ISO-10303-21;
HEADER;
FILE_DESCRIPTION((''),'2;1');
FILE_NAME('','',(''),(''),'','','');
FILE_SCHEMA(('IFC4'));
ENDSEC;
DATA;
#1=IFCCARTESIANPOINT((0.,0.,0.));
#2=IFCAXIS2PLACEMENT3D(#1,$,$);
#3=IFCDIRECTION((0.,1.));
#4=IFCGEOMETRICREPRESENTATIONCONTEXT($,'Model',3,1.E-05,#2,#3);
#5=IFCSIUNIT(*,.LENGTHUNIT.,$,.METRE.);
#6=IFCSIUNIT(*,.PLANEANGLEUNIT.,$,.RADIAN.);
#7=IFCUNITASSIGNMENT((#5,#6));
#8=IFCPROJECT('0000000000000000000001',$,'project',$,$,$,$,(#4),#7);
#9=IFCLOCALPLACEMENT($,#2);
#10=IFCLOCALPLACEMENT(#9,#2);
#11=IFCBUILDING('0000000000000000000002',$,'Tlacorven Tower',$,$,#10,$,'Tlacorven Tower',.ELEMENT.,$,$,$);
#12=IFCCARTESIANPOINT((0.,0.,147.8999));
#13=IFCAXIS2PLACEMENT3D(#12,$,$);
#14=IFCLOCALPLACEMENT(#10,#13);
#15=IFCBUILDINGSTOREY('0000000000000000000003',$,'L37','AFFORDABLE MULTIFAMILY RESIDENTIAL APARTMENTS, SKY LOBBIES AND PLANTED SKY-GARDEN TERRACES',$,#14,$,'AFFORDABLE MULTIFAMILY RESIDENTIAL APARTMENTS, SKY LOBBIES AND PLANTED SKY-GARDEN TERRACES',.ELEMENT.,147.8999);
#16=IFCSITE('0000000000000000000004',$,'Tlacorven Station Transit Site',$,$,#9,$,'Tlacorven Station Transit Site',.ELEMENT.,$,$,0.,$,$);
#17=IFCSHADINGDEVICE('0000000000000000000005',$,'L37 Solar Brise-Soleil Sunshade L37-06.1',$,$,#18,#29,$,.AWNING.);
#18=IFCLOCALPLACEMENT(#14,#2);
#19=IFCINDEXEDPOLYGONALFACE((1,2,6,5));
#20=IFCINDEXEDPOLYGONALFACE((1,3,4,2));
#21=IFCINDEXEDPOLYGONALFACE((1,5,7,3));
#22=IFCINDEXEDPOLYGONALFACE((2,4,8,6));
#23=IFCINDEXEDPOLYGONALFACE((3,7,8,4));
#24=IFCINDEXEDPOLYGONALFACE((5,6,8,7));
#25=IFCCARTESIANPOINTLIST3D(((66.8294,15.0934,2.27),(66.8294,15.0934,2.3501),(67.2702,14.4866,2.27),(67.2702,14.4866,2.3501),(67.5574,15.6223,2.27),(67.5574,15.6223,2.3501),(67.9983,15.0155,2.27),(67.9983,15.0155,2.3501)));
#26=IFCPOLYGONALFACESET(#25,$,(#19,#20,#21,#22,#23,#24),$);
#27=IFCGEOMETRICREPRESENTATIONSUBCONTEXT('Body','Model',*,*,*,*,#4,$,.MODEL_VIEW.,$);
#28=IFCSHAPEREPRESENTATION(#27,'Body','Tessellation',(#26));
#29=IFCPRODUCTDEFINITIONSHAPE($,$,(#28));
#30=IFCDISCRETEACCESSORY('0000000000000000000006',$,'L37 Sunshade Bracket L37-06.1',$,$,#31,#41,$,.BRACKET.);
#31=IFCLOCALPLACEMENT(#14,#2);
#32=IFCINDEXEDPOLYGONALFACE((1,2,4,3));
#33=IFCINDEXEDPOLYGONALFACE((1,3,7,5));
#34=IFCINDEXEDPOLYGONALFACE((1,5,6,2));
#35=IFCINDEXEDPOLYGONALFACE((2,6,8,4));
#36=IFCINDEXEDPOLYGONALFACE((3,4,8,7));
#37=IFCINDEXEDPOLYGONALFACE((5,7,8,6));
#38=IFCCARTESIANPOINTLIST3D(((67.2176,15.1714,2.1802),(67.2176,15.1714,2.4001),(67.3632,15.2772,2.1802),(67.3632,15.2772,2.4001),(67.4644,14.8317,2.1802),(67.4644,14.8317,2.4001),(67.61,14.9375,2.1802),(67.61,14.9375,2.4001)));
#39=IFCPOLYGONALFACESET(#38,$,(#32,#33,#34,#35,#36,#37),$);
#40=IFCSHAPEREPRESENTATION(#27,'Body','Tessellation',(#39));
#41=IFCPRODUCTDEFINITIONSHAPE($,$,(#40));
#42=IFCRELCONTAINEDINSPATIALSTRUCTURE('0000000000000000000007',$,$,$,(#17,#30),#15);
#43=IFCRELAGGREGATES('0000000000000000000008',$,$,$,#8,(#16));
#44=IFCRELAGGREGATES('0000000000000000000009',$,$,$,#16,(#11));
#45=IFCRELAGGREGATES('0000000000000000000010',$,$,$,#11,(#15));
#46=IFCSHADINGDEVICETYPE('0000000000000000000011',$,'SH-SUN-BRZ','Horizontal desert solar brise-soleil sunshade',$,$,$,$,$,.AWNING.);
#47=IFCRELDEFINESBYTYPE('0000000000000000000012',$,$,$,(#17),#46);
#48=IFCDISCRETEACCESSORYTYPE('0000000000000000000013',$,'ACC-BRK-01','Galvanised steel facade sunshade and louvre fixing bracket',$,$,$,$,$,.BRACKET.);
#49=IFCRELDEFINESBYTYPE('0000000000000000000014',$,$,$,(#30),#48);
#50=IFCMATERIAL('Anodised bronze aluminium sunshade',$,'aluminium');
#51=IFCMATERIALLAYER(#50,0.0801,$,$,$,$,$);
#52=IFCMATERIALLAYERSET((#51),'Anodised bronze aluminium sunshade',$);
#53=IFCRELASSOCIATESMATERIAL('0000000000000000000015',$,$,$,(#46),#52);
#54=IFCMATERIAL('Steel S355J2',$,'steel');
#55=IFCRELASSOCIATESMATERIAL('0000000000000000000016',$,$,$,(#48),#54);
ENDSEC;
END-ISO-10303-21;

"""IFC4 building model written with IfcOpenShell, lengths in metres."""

from ifc_helpers import new_model, si_unit, direction, frame, origin, origin_2d, place, context, subcontext, project, spatial, rectangle, extrude, source, transform, mapped, material, layer, layer_set, type_object, element, save


model = new_model("IFC4")

# Units and contexts
model_context = context("Model", 3, precision=1e-05, world=origin(), true_north=direction((0.0, 1.0)))
body_context = subcontext(model_context, "Body", "Model", "MODEL_VIEW")
ifc_project = project(units=[si_unit("LENGTHUNIT", "METRE"), si_unit("PLANEANGLEUNIT", "RADIAN")], contexts=[model_context])

# Site, building, storey
site_placement = place(None, origin())
site = spatial("IfcSite", under=ifc_project, at=site_placement, Name="Tlacorven Station Transit Site", LongName="Tlacorven Station Transit Site", CompositionType="ELEMENT", RefElevation=0.0)
building_placement = place(site_placement, origin())
building = spatial("IfcBuilding", under=site, at=building_placement, Name="Tlacorven Tower", LongName="Tlacorven Tower", CompositionType="ELEMENT")
storey_placement = place(building_placement, frame((0.0, 0.0, 147.8999)))
storey = spatial("IfcBuildingStorey", under=building, at=storey_placement, Name="L37", Description="AFFORDABLE MULTIFAMILY RESIDENTIAL APARTMENTS, SKY LOBBIES AND PLANTED SKY-GARDEN TERRACES", LongName="AFFORDABLE MULTIFAMILY RESIDENTIAL APARTMENTS, SKY LOBBIES AND PLANTED SKY-GARDEN TERRACES", CompositionType="ELEMENT", Elevation=147.8999)

# Shared definitions
ifc_material_1 = material(Name="Steel S355J2", Category="steel")

# Shading device
ifc_material_2 = material(Name="Anodised bronze aluminium sunshade", Category="aluminium")
ifc_layer_1 = layer(ifc_material_2, 0.0801)
ifc_layer_set_1 = layer_set([ifc_layer_1], Name="Anodised bronze aluminium sunshade")
shading_device_type = type_object("IfcShadingDeviceType", Name="SH-SUN-BRZ", Description="Horizontal desert solar brise-soleil sunshade", PredefinedType="AWNING", material=ifc_layer_set_1)
shared_shape_1 = source(origin(), body_context, "Body", "SweptSolid", [
    extrude(rectangle(XDim=0.8999, YDim=0.75, at=origin_2d()), origin(), (0.0, 0.0, 1.0), 0.0801),
])
shading_device_placement = place(storey_placement, frame((67.4138, 15.0544, 2.27), z_axis=(0.0, 0.0, 1.0), x_axis=(-0.809017, -0.587785, 0.0)))
element("IfcShadingDevice", 1, at=shading_device_placement, inside=storey, type_object=shading_device_type, Name="L37 Solar Brise-Soleil Sunshade L37-06.1", PredefinedType="AWNING", context=body_context, shape_type="MappedRepresentation", body=[
    mapped(shared_shape_1, transform((0.0, 0.0, 0.0), scale=1.0)),
])

# Discrete accessory
discrete_accessory_type = type_object("IfcDiscreteAccessoryType", Name="ACC-BRK-01", Description="Galvanised steel facade sunshade and louvre fixing bracket", PredefinedType="BRACKET", material=ifc_material_1)
shared_shape_2 = source(origin(), body_context, "Body", "SweptSolid", [
    extrude(rectangle(XDim=0.1799, YDim=0.4199, at=origin_2d()), origin(), (0.0, 0.0, 1.0), 0.22),
])
discrete_accessory_placement = place(storey_placement, frame((67.4138, 15.0544, 2.1802), z_axis=(0.0, 0.0, 1.0), x_axis=(-0.809017, -0.587785, 0.0)))
element("IfcDiscreteAccessory", 2, at=discrete_accessory_placement, inside=storey, type_object=discrete_accessory_type, Name="L37 Sunshade Bracket L37-06.1", PredefinedType="BRACKET", context=body_context, shape_type="MappedRepresentation", body=[
    mapped(shared_shape_2, transform((0.0, 0.0, 0.0), scale=1.0)),
])

save(model, "model.ifc")
